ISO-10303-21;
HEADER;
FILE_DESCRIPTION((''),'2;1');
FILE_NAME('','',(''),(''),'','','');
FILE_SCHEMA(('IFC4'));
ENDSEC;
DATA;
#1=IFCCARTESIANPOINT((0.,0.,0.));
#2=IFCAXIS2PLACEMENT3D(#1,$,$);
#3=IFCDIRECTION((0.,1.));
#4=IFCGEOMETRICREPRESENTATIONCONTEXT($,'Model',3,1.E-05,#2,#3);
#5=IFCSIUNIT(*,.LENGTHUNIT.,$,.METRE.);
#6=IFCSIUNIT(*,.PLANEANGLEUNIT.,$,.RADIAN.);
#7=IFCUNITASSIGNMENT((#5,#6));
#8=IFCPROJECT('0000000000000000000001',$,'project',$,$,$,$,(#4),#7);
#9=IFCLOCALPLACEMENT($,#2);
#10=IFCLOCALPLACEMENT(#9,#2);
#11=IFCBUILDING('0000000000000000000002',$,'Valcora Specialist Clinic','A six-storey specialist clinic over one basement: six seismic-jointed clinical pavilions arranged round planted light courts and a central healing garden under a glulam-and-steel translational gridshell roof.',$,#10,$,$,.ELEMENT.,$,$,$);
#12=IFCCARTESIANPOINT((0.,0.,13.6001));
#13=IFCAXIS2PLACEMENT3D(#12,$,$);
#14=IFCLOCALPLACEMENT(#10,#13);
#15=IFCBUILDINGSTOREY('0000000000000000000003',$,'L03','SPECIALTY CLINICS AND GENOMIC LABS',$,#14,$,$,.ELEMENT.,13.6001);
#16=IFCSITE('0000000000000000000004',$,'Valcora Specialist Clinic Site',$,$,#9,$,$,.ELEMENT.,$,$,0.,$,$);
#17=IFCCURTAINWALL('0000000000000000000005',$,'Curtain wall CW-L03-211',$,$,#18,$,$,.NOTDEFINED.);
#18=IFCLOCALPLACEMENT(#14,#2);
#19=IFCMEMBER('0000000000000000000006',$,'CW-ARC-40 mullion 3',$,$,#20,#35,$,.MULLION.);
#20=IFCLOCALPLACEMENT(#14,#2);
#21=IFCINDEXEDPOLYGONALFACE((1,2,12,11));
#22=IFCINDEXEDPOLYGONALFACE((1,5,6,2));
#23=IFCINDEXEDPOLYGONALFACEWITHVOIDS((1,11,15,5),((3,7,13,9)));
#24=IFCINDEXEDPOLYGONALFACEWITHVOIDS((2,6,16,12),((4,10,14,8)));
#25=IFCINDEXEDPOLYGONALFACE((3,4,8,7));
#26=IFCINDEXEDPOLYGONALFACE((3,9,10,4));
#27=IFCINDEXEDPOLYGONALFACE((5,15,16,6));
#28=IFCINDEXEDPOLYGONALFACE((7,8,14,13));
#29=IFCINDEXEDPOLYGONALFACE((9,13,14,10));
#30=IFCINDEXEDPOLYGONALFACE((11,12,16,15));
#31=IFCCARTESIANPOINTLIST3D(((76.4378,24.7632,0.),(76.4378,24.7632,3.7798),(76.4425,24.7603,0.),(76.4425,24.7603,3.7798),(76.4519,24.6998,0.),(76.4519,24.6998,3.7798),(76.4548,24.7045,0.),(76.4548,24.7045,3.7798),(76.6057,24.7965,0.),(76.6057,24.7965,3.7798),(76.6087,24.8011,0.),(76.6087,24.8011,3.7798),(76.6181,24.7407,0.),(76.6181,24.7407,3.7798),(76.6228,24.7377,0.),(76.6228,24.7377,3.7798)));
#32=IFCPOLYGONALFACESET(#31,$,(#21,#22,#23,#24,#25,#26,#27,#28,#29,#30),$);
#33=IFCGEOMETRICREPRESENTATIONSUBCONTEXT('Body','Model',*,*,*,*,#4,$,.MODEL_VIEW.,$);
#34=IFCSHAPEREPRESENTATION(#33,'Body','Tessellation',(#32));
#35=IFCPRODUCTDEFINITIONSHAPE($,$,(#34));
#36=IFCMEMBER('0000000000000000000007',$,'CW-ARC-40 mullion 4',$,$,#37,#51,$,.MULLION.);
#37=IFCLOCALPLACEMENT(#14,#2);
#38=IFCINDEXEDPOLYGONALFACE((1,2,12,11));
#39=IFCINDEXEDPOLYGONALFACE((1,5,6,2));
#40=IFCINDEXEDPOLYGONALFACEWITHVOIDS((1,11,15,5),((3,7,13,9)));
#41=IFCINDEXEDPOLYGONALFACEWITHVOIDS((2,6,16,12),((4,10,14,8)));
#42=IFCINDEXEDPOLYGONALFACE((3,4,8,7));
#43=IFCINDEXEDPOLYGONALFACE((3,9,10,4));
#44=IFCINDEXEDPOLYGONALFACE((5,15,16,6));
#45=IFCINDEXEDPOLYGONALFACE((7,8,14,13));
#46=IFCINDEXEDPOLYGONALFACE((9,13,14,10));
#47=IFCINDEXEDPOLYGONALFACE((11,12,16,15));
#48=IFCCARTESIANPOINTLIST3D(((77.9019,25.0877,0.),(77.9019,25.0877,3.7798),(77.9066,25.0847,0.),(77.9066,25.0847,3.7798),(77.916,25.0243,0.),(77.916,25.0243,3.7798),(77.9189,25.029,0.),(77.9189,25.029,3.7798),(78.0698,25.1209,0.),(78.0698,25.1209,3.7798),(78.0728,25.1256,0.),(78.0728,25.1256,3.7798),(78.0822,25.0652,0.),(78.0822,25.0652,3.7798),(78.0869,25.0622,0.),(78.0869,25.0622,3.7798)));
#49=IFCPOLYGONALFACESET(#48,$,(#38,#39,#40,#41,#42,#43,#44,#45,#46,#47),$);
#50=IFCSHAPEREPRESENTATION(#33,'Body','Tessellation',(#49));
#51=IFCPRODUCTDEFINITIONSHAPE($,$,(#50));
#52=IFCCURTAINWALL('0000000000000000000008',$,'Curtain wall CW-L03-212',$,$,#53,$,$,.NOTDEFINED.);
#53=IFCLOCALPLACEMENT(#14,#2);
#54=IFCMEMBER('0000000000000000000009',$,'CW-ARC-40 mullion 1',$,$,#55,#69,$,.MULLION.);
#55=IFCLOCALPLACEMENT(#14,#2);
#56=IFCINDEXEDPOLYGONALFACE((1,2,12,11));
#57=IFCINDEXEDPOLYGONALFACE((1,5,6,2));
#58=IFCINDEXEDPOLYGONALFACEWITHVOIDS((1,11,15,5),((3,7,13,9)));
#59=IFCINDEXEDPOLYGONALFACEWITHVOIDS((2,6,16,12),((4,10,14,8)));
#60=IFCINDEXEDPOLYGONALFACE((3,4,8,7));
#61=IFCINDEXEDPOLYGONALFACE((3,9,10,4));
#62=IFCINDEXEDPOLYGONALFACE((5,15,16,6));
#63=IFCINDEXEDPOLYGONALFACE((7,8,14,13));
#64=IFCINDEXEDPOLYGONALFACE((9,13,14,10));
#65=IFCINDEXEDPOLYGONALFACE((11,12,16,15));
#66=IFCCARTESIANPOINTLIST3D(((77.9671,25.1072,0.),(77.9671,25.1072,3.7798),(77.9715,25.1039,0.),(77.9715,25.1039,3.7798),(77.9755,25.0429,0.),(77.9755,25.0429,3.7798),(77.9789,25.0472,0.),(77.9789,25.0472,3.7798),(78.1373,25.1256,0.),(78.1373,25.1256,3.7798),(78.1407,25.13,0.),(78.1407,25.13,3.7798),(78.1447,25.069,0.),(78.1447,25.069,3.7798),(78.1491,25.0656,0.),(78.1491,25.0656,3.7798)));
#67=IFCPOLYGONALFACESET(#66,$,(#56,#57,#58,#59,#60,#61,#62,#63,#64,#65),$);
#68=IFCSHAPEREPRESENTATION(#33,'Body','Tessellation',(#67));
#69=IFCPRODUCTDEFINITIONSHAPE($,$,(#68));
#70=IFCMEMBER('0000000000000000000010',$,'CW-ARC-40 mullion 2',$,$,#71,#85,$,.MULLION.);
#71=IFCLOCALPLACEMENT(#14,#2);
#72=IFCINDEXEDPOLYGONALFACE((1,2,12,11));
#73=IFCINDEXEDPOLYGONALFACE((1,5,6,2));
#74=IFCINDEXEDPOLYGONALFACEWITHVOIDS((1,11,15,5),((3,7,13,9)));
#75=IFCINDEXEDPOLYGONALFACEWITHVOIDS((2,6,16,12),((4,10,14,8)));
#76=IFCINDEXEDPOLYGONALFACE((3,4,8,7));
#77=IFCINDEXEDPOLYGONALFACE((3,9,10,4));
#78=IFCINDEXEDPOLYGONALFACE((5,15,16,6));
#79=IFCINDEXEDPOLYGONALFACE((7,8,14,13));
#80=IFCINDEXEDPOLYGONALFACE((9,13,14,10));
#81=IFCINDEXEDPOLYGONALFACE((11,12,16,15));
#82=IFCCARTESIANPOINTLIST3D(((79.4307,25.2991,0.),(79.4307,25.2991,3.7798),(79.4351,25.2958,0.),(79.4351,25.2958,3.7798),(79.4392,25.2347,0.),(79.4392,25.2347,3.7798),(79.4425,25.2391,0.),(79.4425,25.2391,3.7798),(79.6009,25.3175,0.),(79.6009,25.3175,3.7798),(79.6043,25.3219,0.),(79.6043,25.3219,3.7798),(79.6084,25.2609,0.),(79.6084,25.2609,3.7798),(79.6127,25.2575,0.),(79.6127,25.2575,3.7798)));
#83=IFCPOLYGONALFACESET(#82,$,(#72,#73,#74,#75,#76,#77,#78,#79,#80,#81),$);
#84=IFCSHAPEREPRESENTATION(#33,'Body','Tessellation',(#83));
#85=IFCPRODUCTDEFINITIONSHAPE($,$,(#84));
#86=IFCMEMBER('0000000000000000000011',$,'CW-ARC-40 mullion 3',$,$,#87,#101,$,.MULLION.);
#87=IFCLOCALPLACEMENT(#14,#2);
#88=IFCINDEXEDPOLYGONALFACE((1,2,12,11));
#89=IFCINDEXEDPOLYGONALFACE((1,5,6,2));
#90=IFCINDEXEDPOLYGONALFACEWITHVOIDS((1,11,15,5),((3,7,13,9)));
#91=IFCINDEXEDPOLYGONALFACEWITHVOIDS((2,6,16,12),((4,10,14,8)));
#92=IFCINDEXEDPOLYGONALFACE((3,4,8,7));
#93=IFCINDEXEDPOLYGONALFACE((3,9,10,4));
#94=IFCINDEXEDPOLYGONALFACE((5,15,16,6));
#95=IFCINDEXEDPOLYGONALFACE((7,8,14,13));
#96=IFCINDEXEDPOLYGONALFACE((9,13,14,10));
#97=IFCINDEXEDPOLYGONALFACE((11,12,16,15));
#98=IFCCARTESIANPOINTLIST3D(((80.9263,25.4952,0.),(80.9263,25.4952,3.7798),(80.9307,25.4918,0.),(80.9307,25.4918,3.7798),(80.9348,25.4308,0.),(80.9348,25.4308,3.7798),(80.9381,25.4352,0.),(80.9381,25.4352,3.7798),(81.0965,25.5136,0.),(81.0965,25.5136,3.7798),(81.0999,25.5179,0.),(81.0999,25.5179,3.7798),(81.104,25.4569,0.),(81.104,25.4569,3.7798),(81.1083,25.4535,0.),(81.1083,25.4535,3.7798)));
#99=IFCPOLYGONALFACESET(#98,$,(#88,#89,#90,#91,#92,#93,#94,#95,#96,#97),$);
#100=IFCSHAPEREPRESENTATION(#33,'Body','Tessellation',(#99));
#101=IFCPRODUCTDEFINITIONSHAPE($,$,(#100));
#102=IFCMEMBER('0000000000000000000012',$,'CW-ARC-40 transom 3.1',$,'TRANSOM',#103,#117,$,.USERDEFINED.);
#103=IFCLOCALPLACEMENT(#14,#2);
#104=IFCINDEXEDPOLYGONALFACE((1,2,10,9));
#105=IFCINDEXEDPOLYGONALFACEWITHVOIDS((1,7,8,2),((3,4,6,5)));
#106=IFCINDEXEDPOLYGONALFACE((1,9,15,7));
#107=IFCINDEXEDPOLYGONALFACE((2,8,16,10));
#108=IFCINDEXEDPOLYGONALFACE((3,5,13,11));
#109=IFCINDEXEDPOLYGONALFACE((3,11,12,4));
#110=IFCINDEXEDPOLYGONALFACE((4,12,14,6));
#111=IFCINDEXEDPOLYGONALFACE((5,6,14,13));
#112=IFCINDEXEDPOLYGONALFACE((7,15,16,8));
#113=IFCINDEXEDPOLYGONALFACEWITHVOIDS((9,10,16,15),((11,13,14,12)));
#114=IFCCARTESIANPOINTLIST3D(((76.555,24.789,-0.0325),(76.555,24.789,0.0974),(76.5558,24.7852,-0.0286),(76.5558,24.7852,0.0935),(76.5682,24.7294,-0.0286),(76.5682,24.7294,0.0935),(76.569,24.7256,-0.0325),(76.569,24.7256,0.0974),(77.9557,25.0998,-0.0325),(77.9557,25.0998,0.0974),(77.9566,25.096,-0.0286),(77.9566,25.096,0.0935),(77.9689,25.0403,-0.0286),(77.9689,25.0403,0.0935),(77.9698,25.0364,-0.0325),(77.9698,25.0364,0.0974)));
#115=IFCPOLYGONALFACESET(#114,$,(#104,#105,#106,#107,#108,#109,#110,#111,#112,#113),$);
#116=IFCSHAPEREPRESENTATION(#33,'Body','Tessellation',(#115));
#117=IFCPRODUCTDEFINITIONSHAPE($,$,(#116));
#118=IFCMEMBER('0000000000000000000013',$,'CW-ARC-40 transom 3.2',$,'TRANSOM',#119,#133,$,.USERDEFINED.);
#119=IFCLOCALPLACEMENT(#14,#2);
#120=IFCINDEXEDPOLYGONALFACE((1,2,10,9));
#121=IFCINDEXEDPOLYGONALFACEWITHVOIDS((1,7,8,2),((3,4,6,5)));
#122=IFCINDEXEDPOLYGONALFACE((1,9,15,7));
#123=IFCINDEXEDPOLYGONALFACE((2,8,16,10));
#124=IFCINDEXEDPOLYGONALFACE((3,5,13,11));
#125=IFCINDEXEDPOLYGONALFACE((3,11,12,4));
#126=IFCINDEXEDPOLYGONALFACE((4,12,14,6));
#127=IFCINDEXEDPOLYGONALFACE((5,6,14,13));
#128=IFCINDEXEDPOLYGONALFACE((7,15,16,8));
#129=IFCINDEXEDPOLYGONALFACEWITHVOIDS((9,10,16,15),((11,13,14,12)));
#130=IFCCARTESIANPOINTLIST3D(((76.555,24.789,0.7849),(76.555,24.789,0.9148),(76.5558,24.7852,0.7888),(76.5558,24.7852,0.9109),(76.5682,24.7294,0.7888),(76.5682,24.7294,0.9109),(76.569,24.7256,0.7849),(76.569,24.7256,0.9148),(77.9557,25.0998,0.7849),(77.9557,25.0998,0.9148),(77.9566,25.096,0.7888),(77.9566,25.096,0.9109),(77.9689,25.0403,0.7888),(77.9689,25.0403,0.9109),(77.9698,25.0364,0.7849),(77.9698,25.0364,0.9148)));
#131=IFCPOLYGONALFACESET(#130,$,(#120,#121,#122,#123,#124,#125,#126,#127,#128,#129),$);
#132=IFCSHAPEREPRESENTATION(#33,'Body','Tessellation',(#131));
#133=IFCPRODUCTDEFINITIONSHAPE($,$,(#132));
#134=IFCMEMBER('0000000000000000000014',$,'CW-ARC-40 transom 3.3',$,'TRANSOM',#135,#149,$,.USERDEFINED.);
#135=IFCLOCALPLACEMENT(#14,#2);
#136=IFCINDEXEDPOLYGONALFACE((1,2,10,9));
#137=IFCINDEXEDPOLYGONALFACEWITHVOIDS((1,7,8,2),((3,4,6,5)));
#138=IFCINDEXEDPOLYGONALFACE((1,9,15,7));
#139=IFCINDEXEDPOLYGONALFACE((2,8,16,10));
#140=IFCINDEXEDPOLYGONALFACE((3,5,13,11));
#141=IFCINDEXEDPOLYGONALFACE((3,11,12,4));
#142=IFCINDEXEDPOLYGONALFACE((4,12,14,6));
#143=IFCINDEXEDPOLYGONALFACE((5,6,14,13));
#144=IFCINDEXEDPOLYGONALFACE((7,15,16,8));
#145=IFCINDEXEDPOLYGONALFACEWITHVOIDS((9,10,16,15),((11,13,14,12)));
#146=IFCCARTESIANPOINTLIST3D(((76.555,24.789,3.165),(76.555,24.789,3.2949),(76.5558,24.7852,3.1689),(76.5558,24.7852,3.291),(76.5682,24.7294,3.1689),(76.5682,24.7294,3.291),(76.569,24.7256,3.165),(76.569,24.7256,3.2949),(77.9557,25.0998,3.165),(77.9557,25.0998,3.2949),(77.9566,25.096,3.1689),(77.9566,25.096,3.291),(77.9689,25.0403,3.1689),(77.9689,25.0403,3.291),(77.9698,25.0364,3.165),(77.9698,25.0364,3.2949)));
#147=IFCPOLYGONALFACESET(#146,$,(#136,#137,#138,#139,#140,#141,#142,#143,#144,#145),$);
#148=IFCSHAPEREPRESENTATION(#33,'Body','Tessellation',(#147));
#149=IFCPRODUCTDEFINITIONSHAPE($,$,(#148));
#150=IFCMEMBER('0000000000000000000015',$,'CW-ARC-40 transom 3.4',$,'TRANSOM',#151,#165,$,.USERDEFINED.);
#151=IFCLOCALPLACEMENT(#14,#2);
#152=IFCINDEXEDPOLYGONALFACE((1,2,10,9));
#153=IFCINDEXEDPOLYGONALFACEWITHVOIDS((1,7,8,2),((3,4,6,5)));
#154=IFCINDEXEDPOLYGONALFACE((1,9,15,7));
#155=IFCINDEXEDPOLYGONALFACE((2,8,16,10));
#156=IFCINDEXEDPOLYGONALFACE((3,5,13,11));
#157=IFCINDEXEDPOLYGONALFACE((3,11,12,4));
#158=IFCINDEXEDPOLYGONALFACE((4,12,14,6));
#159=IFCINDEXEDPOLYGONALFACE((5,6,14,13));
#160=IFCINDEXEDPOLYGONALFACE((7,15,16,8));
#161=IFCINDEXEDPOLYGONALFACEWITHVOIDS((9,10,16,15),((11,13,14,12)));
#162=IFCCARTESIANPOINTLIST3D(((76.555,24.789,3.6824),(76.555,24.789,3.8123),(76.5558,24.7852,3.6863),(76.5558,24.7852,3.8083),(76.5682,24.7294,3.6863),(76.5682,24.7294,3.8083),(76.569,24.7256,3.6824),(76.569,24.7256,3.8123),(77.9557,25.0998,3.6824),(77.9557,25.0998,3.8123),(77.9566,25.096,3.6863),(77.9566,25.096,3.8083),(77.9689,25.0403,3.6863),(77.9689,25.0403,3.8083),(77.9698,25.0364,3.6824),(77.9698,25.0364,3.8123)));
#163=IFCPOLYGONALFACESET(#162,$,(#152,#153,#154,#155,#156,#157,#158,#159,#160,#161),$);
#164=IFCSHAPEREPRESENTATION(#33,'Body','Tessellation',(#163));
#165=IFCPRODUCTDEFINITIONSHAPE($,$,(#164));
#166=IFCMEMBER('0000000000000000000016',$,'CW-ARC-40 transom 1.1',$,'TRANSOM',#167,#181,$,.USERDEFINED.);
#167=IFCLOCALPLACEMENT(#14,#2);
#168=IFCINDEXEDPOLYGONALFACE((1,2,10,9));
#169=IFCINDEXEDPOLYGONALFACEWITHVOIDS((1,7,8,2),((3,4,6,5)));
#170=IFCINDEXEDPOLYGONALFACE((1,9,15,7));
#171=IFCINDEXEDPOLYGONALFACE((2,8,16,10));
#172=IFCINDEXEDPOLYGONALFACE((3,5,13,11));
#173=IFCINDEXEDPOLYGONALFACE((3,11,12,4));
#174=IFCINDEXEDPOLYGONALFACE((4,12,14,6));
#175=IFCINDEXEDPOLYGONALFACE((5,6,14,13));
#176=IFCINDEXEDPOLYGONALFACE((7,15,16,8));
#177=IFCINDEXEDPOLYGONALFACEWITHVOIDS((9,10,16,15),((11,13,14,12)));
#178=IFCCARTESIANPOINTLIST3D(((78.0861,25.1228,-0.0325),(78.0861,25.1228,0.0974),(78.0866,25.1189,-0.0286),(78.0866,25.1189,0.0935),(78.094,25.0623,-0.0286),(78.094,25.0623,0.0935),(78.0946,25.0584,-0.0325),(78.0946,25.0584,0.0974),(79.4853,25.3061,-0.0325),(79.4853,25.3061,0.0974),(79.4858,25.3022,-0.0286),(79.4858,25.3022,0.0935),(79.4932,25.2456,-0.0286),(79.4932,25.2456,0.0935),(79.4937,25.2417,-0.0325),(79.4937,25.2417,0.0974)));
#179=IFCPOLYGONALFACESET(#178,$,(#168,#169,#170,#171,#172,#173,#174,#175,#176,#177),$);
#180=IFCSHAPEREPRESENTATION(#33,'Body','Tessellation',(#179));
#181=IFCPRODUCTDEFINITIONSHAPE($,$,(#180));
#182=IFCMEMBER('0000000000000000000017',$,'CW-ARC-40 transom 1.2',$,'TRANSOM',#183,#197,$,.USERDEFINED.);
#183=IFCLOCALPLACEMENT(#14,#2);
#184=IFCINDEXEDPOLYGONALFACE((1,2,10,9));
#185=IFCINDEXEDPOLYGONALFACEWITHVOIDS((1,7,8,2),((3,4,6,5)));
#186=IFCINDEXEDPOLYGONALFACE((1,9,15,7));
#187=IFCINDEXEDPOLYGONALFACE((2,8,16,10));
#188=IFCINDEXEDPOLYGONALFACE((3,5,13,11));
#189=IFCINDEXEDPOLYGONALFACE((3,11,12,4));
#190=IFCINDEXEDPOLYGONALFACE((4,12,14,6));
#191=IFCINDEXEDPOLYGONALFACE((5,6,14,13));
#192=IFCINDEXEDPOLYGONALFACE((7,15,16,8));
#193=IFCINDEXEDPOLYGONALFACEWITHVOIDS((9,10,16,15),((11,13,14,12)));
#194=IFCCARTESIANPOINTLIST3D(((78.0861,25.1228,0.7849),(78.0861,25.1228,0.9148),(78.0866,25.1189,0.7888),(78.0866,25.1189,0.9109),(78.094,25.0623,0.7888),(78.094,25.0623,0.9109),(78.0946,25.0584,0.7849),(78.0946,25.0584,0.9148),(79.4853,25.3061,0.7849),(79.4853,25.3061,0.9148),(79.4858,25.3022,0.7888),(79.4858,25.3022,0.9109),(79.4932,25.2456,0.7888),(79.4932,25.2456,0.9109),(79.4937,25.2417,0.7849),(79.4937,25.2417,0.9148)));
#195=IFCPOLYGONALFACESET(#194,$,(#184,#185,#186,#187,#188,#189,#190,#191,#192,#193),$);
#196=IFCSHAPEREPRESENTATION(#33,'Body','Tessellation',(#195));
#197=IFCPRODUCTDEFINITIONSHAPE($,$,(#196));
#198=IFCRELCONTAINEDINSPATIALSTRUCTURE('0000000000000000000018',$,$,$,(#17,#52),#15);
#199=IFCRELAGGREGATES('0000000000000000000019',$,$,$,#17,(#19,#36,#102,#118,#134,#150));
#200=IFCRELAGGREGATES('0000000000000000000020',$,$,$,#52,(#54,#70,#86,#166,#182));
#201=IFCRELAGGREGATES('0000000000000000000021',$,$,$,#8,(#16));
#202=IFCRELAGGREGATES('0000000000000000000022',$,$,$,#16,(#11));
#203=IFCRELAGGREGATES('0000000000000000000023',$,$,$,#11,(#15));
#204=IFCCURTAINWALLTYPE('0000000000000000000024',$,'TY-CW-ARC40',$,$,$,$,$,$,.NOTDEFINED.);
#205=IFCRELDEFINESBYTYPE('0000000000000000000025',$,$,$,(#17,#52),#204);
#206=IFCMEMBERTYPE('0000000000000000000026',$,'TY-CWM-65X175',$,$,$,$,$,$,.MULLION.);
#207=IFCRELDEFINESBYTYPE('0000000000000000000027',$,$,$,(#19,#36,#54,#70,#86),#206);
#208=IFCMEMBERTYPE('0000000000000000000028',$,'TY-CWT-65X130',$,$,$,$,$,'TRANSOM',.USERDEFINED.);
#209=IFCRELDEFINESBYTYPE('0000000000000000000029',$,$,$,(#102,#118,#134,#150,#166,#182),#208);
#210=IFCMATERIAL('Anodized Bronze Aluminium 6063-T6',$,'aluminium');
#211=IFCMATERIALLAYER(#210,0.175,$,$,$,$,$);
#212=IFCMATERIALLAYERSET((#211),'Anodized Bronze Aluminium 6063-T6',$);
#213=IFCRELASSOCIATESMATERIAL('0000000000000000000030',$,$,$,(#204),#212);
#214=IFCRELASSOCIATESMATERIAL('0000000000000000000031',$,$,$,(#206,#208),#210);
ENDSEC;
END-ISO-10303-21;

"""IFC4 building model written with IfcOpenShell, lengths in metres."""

from ifc_helpers import new_model, si_unit, direction, frame, origin, origin_2d, place, context, subcontext, project, spatial, hollow_rectangle, extrude, material, layer, layer_set, material_profile, profile_set, type_object, element, aggregate, save


model = new_model("IFC4")

# Units and contexts
model_context = context("Model", 3, precision=1e-05, world=origin(), true_north=direction((0.0, 1.0)))
body_context = subcontext(model_context, "Body", "Model", "MODEL_VIEW")
ifc_project = project(units=[si_unit("LENGTHUNIT", "METRE"), si_unit("PLANEANGLEUNIT", "RADIAN")], contexts=[model_context])

# Site, building, storey
site_placement = place(None, origin())
site = spatial("IfcSite", under=ifc_project, at=site_placement, Name="Valcora Specialist Clinic Site", CompositionType="ELEMENT", RefElevation=0.0)
building_placement = place(site_placement, origin())
building = spatial("IfcBuilding", under=site, at=building_placement, Name="Valcora Specialist Clinic", Description="A six-storey specialist clinic over one basement: six seismic-jointed clinical pavilions arranged round planted light courts and a central healing garden under a glulam-and-steel translational gridshell roof.", CompositionType="ELEMENT")
storey_placement = place(building_placement, frame((0.0, 0.0, 13.6001)))
storey = spatial("IfcBuildingStorey", under=building, at=storey_placement, Name="L03", Description="SPECIALTY CLINICS AND GENOMIC LABS", CompositionType="ELEMENT", Elevation=13.6001)

# Curtain walls, members
ifc_material_1 = material(Name="Anodized Bronze Aluminium 6063-T6", Category="aluminium")
ifc_layer_1 = layer(ifc_material_1, 0.175)
ifc_layer_set_1 = layer_set([ifc_layer_1], Name="Anodized Bronze Aluminium 6063-T6")
curtain_wall_type = type_object("IfcCurtainWallType", Name="TY-CW-ARC40", PredefinedType="NOTDEFINED", material=ifc_layer_set_1)
curtain_wall_1_placement = place(storey_placement, origin())
curtain_wall_1 = element("IfcCurtainWall", 1, at=curtain_wall_1_placement, inside=storey, type_object=curtain_wall_type, Name="Curtain wall CW-L03-211", PredefinedType="NOTDEFINED")
ifc_material_profile_1 = material_profile(ifc_material_1, hollow_rectangle(XDim=0.0649, YDim=0.175, WallThickness=0.0039, at=origin_2d()), Name="AL-MUL-65X175")
ifc_profile_set_1 = profile_set([ifc_material_profile_1], Name="Anodized Bronze Aluminium 6063-T6")
member_type_1 = type_object("IfcMemberType", Name="TY-CWM-65X175", PredefinedType="MULLION", material=ifc_profile_set_1)
member_1_placement = place(storey_placement, frame((76.5303, 24.7505, 0.0), z_axis=(0.0, 0.0, 1.0), x_axis=(-0.216518, 0.976279, 0.0)))
member_1 = element("IfcMember", 2, at=member_1_placement, type_object=member_type_1, Name="CW-ARC-40 mullion 3", PredefinedType="MULLION", context=body_context, shape_type="SweptSolid", body=[
    extrude(hollow_rectangle(XDim=0.0649, YDim=0.175, WallThickness=0.0039, at=origin_2d()), origin(), (0.0, 0.0, 1.0), 3.7798),
])
member_2_placement = place(storey_placement, frame((77.9944, 25.075, 0.0), z_axis=(0.0, 0.0, 1.0), x_axis=(-0.216518, 0.976279, 0.0)))
member_2 = element("IfcMember", 3, at=member_2_placement, type_object=member_type_1, Name="CW-ARC-40 mullion 4", PredefinedType="MULLION", context=body_context, shape_type="SweptSolid", body=[
    extrude(hollow_rectangle(XDim=0.0649, YDim=0.175, WallThickness=0.0039, at=origin_2d()), origin(), (0.0, 0.0, 1.0), 3.7798),
])
curtain_wall_2_placement = place(storey_placement, origin())
curtain_wall_2 = element("IfcCurtainWall", 4, at=curtain_wall_2_placement, inside=storey, type_object=curtain_wall_type, Name="Curtain wall CW-L03-212", PredefinedType="NOTDEFINED")
member_3_placement = place(storey_placement, frame((78.0581, 25.0864, 0.0), z_axis=(0.0, 0.0, 1.0), x_axis=(-0.129999, 0.991514, 0.0)))
member_3 = element("IfcMember", 5, at=member_3_placement, type_object=member_type_1, Name="CW-ARC-40 mullion 1", PredefinedType="MULLION", context=body_context, shape_type="SweptSolid", body=[
    extrude(hollow_rectangle(XDim=0.0649, YDim=0.175, WallThickness=0.0039, at=origin_2d()), origin(), (0.0, 0.0, 1.0), 3.7798),
])
member_4_placement = place(storey_placement, frame((79.5217, 25.2783, 0.0), z_axis=(0.0, 0.0, 1.0), x_axis=(-0.129999, 0.991514, 0.0)))
member_4 = element("IfcMember", 6, at=member_4_placement, type_object=member_type_1, Name="CW-ARC-40 mullion 2", PredefinedType="MULLION", context=body_context, shape_type="SweptSolid", body=[
    extrude(hollow_rectangle(XDim=0.0649, YDim=0.175, WallThickness=0.0039, at=origin_2d()), origin(), (0.0, 0.0, 1.0), 3.7798),
])
member_5_placement = place(storey_placement, frame((81.0173, 25.4744, 0.0), z_axis=(0.0, 0.0, 1.0), x_axis=(-0.129999, 0.991514, 0.0)))
member_5 = element("IfcMember", 7, at=member_5_placement, type_object=member_type_1, Name="CW-ARC-40 mullion 3", PredefinedType="MULLION", context=body_context, shape_type="SweptSolid", body=[
    extrude(hollow_rectangle(XDim=0.0649, YDim=0.175, WallThickness=0.0039, at=origin_2d()), origin(), (0.0, 0.0, 1.0), 3.7798),
])

# Members
ifc_material_profile_2 = material_profile(ifc_material_1, hollow_rectangle(XDim=0.0649, YDim=0.1299, WallThickness=0.0039, at=origin_2d()), Name="AL-TRN-65X130")
ifc_profile_set_2 = profile_set([ifc_material_profile_2], Name="Anodized Bronze Aluminium 6063-T6")
member_type_2 = type_object("IfcMemberType", Name="TY-CWT-65X130", ElementType="TRANSOM", PredefinedType="USERDEFINED", material=ifc_profile_set_2)
member_6_placement = place(storey_placement, frame((76.562, 24.7573, 0.0325), z_axis=(0.976255, 0.216624, 0.0), x_axis=(-0.216624, 0.976255, 0.0)))
member_6 = element("IfcMember", 8, at=member_6_placement, type_object=member_type_2, Name="CW-ARC-40 transom 3.1", ObjectType="TRANSOM", PredefinedType="USERDEFINED", context=body_context, shape_type="SweptSolid", body=[
    extrude(hollow_rectangle(XDim=0.0649, YDim=0.1299, WallThickness=0.0039, at=origin_2d()), origin(), (0.0, 0.0, 1.0), 1.4348),
])
member_7_placement = place(storey_placement, frame((76.562, 24.7573, 0.8499), z_axis=(0.976255, 0.216624, 0.0), x_axis=(-0.216624, 0.976255, 0.0)))
member_7 = element("IfcMember", 9, at=member_7_placement, type_object=member_type_2, Name="CW-ARC-40 transom 3.2", ObjectType="TRANSOM", PredefinedType="USERDEFINED", context=body_context, shape_type="SweptSolid", body=[
    extrude(hollow_rectangle(XDim=0.0649, YDim=0.1299, WallThickness=0.0039, at=origin_2d()), origin(), (0.0, 0.0, 1.0), 1.4348),
])
member_8_placement = place(storey_placement, frame((76.562, 24.7573, 3.23), z_axis=(0.976255, 0.216624, 0.0), x_axis=(-0.216624, 0.976255, 0.0)))
member_8 = element("IfcMember", 10, at=member_8_placement, type_object=member_type_2, Name="CW-ARC-40 transom 3.3", ObjectType="TRANSOM", PredefinedType="USERDEFINED", context=body_context, shape_type="SweptSolid", body=[
    extrude(hollow_rectangle(XDim=0.0649, YDim=0.1299, WallThickness=0.0039, at=origin_2d()), origin(), (0.0, 0.0, 1.0), 1.4348),
])
member_9_placement = place(storey_placement, frame((76.562, 24.7573, 3.7473), z_axis=(0.976255, 0.216624, 0.0), x_axis=(-0.216624, 0.976255, 0.0)))
member_9 = element("IfcMember", 11, at=member_9_placement, type_object=member_type_2, Name="CW-ARC-40 transom 3.4", ObjectType="TRANSOM", PredefinedType="USERDEFINED", context=body_context, shape_type="SweptSolid", body=[
    extrude(hollow_rectangle(XDim=0.0649, YDim=0.1299, WallThickness=0.0039, at=origin_2d()), origin(), (0.0, 0.0, 1.0), 1.4348),
])
member_10_placement = place(storey_placement, frame((78.0903, 25.0906, 0.0325), z_axis=(0.991523, 0.129931, 0.0), x_axis=(-0.129931, 0.991523, 0.0)))
member_10 = element("IfcMember", 12, at=member_10_placement, type_object=member_type_2, Name="CW-ARC-40 transom 1.1", ObjectType="TRANSOM", PredefinedType="USERDEFINED", context=body_context, shape_type="SweptSolid", body=[
    extrude(hollow_rectangle(XDim=0.0649, YDim=0.1299, WallThickness=0.0039, at=origin_2d()), origin(), (0.0, 0.0, 1.0), 1.4111),
])
member_11_placement = place(storey_placement, frame((78.0903, 25.0906, 0.8499), z_axis=(0.991523, 0.129931, 0.0), x_axis=(-0.129931, 0.991523, 0.0)))
member_11 = element("IfcMember", 13, at=member_11_placement, type_object=member_type_2, Name="CW-ARC-40 transom 1.2", ObjectType="TRANSOM", PredefinedType="USERDEFINED", context=body_context, shape_type="SweptSolid", body=[
    extrude(hollow_rectangle(XDim=0.0649, YDim=0.1299, WallThickness=0.0039, at=origin_2d()), origin(), (0.0, 0.0, 1.0), 1.4111),
])

aggregate(curtain_wall_1, [member_1, member_2, member_6, member_7, member_8, member_9])
aggregate(curtain_wall_2, [member_3, member_4, member_5, member_10, member_11])

save(model, "model.ifc")
